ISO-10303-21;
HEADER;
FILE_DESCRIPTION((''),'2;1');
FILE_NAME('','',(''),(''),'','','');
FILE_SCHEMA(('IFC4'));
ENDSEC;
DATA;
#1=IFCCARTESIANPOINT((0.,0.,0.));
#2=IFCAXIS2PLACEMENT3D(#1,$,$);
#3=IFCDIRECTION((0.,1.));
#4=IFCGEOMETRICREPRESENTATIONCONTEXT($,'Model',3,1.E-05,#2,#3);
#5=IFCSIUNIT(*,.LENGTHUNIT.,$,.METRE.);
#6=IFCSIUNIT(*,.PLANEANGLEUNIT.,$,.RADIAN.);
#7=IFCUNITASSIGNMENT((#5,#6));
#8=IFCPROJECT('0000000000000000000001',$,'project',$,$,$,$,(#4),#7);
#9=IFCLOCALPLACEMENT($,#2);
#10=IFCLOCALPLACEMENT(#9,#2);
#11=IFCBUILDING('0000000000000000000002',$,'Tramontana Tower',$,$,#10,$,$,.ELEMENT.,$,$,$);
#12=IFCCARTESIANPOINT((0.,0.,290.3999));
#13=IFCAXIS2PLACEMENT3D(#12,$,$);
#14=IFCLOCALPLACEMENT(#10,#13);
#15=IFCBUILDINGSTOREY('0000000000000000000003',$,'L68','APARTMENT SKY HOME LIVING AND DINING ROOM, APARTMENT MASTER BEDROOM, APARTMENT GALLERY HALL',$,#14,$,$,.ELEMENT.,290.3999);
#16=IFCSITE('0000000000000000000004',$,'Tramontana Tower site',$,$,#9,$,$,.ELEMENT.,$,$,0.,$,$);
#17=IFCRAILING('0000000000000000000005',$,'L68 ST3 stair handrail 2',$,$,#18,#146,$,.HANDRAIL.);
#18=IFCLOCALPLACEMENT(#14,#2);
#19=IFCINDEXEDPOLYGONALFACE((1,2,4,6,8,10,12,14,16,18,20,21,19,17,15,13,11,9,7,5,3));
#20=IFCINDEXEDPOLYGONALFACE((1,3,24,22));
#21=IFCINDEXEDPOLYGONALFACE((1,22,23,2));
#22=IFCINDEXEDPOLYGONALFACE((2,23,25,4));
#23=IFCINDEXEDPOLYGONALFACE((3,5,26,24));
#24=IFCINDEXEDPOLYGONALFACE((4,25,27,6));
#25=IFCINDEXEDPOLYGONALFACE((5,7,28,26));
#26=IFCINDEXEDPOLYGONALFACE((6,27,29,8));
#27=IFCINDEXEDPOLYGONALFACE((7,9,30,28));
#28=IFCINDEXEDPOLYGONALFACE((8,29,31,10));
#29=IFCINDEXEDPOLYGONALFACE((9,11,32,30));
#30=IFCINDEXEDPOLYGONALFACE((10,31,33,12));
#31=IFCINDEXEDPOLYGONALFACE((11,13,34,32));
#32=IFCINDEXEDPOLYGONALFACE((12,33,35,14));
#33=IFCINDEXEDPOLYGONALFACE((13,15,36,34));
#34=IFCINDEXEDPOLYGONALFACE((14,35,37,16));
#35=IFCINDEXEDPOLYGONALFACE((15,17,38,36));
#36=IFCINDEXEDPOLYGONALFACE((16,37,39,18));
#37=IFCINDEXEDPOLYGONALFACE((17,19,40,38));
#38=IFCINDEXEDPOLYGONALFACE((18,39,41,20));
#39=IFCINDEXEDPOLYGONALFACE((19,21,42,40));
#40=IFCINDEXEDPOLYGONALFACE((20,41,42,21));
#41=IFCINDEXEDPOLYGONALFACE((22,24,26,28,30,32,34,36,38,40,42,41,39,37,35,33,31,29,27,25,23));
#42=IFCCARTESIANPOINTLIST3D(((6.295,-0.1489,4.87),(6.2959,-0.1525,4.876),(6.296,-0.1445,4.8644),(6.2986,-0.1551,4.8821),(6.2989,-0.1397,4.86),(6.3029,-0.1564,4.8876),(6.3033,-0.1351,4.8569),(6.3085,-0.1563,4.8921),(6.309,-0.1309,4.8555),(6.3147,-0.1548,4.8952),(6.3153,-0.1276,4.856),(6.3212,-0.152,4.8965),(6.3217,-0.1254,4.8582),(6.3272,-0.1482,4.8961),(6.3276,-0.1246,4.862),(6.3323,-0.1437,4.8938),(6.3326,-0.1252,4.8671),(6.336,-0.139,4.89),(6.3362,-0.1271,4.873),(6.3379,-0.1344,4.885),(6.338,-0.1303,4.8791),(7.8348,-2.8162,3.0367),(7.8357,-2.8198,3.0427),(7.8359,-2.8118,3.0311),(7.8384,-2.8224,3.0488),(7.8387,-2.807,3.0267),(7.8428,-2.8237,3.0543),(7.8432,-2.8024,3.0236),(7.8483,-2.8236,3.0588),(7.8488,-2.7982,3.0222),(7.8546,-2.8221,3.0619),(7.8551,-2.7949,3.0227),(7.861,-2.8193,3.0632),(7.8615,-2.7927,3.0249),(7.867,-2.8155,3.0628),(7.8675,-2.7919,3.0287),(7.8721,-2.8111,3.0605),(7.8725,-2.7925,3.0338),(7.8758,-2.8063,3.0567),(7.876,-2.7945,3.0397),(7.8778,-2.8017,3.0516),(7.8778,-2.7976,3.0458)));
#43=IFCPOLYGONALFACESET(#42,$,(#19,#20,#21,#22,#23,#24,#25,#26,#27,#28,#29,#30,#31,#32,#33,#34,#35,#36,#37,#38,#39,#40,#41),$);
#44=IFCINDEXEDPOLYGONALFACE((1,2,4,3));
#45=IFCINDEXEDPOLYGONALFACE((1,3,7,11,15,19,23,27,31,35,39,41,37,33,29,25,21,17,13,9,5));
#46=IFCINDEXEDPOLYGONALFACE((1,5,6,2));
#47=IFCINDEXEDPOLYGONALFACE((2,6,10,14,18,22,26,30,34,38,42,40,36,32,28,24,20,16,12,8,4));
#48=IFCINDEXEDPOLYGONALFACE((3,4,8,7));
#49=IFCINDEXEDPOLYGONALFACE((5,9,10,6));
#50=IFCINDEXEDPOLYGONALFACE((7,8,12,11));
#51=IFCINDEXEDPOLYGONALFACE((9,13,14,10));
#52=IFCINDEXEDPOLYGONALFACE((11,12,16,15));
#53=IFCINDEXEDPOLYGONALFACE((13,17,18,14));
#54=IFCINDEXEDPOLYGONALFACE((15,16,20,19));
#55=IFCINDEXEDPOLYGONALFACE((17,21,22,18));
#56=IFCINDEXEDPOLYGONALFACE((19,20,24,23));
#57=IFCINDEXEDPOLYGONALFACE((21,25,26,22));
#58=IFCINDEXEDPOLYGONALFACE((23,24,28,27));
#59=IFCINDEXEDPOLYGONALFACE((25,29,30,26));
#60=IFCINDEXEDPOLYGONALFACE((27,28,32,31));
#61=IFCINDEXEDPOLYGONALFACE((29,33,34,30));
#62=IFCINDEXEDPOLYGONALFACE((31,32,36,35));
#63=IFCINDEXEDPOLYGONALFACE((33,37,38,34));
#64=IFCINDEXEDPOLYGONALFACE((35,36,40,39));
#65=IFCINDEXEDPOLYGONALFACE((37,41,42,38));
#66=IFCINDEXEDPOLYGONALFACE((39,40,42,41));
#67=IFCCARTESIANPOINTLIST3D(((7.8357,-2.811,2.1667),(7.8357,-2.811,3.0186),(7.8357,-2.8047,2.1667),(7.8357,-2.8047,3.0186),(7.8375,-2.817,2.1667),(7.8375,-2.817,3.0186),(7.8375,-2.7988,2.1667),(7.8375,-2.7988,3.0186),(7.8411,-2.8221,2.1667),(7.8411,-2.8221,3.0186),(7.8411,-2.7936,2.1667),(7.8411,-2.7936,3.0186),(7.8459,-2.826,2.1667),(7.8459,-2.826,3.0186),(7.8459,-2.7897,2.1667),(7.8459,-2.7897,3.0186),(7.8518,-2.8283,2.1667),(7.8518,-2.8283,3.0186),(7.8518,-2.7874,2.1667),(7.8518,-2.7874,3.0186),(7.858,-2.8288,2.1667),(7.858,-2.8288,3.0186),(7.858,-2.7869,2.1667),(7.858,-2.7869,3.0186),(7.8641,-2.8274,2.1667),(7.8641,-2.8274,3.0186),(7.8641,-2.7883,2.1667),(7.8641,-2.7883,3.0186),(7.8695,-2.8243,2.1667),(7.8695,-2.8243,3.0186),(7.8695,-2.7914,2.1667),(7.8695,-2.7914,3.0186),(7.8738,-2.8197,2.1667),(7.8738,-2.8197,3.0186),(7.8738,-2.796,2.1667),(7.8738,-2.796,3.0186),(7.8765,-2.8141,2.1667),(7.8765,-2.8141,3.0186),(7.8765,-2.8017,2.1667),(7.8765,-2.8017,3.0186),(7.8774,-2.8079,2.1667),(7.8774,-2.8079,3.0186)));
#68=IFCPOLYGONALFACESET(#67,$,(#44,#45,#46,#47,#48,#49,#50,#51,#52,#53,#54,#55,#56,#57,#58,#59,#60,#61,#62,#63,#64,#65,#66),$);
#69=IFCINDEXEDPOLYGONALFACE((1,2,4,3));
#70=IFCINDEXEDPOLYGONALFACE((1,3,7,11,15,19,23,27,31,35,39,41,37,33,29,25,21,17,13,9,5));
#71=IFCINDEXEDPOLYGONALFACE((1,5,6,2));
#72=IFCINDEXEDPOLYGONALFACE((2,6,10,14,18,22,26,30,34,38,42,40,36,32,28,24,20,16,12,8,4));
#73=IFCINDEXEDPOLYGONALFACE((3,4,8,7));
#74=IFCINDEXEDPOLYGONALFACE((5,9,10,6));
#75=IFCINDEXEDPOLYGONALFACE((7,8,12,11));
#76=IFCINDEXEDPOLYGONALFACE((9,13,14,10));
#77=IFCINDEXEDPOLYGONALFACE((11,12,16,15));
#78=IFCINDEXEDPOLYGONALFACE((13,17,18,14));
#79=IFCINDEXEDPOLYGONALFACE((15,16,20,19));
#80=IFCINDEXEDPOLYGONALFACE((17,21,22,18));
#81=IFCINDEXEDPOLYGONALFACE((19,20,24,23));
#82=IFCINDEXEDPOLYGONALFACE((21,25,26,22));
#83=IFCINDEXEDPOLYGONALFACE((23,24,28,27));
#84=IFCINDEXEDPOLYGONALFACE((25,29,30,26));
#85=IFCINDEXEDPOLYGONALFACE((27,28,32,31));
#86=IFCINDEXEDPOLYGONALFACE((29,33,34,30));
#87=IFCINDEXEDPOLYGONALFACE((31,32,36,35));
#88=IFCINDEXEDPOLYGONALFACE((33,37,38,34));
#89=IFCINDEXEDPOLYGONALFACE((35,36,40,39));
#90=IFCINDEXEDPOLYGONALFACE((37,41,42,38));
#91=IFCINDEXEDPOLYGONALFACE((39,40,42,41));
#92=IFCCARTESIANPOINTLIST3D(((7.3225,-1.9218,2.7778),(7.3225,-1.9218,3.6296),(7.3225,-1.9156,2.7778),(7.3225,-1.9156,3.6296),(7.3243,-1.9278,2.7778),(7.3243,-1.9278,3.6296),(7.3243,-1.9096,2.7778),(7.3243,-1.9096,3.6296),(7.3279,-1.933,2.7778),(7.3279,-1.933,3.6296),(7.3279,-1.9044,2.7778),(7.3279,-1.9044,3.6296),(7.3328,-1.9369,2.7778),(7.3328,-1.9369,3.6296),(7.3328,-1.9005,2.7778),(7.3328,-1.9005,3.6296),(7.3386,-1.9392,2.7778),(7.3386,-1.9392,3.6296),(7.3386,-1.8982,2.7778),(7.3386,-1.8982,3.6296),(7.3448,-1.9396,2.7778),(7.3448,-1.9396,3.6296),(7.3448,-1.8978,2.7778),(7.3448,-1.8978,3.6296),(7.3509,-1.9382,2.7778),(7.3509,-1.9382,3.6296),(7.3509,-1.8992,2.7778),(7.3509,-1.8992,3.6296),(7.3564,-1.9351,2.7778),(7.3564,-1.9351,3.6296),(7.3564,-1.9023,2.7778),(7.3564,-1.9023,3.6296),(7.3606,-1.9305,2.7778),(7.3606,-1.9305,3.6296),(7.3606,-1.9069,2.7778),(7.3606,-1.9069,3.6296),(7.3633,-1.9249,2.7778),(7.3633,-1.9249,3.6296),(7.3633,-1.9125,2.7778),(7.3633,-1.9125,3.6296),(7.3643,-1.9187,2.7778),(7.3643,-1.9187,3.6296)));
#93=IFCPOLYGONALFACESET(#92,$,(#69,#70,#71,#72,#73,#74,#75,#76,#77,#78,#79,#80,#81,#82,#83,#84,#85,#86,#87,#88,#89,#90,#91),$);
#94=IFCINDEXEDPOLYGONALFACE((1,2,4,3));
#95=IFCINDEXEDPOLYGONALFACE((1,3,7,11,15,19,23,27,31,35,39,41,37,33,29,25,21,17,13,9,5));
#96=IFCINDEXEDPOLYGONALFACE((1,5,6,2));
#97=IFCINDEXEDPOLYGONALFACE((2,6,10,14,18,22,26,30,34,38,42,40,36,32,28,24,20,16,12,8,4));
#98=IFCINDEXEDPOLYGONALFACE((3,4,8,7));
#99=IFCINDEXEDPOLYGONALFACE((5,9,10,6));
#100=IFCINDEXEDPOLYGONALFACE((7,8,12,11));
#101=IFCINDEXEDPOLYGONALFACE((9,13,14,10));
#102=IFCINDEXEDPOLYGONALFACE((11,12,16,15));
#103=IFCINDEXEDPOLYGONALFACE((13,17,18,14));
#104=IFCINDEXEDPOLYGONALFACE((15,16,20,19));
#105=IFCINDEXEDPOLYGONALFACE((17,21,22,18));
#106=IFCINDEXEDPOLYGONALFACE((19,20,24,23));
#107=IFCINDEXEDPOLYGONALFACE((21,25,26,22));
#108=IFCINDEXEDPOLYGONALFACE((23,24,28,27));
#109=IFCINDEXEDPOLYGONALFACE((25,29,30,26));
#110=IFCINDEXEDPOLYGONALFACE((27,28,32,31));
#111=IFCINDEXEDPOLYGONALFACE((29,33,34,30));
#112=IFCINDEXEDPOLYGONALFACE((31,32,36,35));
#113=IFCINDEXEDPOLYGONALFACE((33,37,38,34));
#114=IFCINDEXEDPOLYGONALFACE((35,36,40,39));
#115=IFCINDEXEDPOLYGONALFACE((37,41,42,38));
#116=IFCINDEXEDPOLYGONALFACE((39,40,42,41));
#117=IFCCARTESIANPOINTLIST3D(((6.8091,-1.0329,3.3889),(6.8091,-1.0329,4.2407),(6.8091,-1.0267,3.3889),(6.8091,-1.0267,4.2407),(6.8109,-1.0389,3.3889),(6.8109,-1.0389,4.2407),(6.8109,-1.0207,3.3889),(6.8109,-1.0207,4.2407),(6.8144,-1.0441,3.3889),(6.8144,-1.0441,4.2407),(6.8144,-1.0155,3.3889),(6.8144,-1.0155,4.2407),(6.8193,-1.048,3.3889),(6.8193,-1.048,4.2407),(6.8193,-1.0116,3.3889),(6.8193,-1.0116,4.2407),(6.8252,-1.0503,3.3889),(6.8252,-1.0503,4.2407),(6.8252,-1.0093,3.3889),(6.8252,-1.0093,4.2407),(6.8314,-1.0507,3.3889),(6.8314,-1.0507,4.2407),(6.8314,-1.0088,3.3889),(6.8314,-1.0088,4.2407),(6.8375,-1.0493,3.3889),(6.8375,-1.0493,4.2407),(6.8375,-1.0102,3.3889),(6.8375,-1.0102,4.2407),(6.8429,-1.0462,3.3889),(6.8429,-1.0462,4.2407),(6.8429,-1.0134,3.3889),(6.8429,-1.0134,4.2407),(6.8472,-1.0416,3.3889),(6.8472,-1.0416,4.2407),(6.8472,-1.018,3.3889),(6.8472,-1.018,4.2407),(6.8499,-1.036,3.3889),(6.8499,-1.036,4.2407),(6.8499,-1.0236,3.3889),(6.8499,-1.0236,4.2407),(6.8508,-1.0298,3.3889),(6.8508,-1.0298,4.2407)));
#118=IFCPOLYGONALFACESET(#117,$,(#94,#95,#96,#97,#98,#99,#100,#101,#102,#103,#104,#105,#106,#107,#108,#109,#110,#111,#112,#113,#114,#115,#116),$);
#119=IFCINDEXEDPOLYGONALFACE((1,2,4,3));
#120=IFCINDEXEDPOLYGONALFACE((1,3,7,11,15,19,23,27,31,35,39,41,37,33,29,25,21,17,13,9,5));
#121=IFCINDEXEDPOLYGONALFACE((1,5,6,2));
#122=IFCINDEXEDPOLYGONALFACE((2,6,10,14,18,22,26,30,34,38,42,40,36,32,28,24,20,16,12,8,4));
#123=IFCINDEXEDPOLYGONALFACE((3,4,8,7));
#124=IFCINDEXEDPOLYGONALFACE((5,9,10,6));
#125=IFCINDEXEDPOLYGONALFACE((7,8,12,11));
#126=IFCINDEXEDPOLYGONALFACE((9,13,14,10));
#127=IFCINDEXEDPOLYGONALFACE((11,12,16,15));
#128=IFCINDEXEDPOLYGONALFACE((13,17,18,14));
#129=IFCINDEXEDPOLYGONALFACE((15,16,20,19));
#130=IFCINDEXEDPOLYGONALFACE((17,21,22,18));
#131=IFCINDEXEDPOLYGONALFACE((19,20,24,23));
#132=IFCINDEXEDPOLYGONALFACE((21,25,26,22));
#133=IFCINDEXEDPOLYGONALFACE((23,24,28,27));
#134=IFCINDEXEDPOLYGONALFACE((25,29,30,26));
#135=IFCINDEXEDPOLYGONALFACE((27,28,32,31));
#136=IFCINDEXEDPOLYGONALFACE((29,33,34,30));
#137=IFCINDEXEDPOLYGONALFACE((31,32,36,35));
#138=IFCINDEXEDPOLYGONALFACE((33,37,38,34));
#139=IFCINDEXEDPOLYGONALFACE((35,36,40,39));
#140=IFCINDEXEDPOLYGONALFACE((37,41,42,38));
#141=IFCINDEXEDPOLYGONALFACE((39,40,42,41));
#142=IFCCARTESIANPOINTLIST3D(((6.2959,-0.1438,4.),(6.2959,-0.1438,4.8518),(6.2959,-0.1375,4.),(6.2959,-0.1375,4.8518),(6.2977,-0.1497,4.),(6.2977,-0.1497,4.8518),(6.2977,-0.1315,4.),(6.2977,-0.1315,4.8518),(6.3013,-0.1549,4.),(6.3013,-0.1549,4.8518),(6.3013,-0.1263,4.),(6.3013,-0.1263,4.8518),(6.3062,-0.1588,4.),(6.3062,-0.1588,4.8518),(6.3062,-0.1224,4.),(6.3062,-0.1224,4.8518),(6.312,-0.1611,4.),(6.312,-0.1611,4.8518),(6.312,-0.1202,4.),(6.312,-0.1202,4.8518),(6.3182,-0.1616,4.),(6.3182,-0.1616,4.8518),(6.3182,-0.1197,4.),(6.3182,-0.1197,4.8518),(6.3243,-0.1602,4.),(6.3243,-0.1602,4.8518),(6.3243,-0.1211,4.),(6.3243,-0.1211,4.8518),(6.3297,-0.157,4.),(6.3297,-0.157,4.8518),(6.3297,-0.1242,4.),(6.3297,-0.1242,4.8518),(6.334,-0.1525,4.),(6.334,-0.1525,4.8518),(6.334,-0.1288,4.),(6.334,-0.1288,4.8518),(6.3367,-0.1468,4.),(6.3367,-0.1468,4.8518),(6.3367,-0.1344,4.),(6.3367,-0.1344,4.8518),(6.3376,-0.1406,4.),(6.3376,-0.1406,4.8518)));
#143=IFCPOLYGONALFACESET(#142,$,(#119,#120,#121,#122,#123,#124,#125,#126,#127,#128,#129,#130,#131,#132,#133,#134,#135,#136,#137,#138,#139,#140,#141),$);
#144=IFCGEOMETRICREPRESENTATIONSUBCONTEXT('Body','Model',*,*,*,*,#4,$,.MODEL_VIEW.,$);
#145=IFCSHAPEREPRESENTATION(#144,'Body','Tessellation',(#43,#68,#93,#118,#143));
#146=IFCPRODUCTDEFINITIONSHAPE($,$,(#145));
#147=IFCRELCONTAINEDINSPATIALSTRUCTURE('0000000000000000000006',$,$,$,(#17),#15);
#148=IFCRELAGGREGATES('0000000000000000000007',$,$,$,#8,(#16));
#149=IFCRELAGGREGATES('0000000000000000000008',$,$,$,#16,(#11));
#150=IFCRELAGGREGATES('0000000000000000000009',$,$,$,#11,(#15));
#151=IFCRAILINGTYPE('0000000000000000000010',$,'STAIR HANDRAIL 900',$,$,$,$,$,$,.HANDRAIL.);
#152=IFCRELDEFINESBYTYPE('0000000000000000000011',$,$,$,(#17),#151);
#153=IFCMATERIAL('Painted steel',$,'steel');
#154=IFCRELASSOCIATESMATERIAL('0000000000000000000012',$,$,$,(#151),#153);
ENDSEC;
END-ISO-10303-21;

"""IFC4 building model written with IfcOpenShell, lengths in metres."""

from ifc_helpers import new_model, si_unit, direction, frame, origin, origin_2d, place, context, subcontext, project, spatial, circle, extrude, material, type_object, element, save


model = new_model("IFC4")

# Units and contexts
model_context = context("Model", 3, precision=1e-05, world=origin(), true_north=direction((0.0, 1.0)))
body_context = subcontext(model_context, "Body", "Model", "MODEL_VIEW")
ifc_project = project(units=[si_unit("LENGTHUNIT", "METRE"), si_unit("PLANEANGLEUNIT", "RADIAN")], contexts=[model_context])

# Site, building, storey
site_placement = place(None, origin())
site = spatial("IfcSite", under=ifc_project, at=site_placement, Name="Tramontana Tower site", CompositionType="ELEMENT", RefElevation=0.0)
building_placement = place(site_placement, origin())
building = spatial("IfcBuilding", under=site, at=building_placement, Name="Tramontana Tower", CompositionType="ELEMENT")
storey_placement = place(building_placement, frame((0.0, 0.0, 290.3999)))
storey = spatial("IfcBuildingStorey", under=building, at=storey_placement, Name="L68", Description="APARTMENT SKY HOME LIVING AND DINING ROOM, APARTMENT MASTER BEDROOM, APARTMENT GALLERY HALL", CompositionType="ELEMENT", Elevation=290.3999)

# Railing
ifc_material_1 = material(Name="Painted steel", Category="steel")
railing_type_1 = type_object("IfcRailingType", Name="STAIR HANDRAIL 900", PredefinedType="HANDRAIL", material=ifc_material_1)
railing_1_placement = place(storey_placement, frame((7.8564, -2.8079, 2.1667)))
element("IfcRailing", 1, at=railing_1_placement, inside=storey, type_object=railing_type_1, Name="L68 ST3 stair handrail 2", PredefinedType="HANDRAIL", context=body_context, shape_type="SweptSolid", body=[
    extrude(circle(Radius=0.0239, at=origin_2d()), frame((0.0, 0.0, 0.876), z_axis=(-0.429616, 0.744181, 0.511493), x_axis=(-0.866044, -0.499967, 0.0)), (0.0, 0.0, 1.0), 3.5842),
    extrude(circle(Radius=0.021, at=origin_2d()), origin(), (0.0, 0.0, 1.0), 0.8518),
    extrude(circle(Radius=0.021, at=origin_2d()), frame((-0.5132, 0.8892, 0.6111)), (0.0, 0.0, 1.0), 0.8518),
    extrude(circle(Radius=0.021, at=origin_2d()), frame((-1.0266, 1.7781, 1.2222)), (0.0, 0.0, 1.0), 0.8518),
    extrude(circle(Radius=0.021, at=origin_2d()), frame((-1.5398, 2.6672, 1.8333)), (0.0, 0.0, 1.0), 0.8518),
])

save(model, "model.ifc")
